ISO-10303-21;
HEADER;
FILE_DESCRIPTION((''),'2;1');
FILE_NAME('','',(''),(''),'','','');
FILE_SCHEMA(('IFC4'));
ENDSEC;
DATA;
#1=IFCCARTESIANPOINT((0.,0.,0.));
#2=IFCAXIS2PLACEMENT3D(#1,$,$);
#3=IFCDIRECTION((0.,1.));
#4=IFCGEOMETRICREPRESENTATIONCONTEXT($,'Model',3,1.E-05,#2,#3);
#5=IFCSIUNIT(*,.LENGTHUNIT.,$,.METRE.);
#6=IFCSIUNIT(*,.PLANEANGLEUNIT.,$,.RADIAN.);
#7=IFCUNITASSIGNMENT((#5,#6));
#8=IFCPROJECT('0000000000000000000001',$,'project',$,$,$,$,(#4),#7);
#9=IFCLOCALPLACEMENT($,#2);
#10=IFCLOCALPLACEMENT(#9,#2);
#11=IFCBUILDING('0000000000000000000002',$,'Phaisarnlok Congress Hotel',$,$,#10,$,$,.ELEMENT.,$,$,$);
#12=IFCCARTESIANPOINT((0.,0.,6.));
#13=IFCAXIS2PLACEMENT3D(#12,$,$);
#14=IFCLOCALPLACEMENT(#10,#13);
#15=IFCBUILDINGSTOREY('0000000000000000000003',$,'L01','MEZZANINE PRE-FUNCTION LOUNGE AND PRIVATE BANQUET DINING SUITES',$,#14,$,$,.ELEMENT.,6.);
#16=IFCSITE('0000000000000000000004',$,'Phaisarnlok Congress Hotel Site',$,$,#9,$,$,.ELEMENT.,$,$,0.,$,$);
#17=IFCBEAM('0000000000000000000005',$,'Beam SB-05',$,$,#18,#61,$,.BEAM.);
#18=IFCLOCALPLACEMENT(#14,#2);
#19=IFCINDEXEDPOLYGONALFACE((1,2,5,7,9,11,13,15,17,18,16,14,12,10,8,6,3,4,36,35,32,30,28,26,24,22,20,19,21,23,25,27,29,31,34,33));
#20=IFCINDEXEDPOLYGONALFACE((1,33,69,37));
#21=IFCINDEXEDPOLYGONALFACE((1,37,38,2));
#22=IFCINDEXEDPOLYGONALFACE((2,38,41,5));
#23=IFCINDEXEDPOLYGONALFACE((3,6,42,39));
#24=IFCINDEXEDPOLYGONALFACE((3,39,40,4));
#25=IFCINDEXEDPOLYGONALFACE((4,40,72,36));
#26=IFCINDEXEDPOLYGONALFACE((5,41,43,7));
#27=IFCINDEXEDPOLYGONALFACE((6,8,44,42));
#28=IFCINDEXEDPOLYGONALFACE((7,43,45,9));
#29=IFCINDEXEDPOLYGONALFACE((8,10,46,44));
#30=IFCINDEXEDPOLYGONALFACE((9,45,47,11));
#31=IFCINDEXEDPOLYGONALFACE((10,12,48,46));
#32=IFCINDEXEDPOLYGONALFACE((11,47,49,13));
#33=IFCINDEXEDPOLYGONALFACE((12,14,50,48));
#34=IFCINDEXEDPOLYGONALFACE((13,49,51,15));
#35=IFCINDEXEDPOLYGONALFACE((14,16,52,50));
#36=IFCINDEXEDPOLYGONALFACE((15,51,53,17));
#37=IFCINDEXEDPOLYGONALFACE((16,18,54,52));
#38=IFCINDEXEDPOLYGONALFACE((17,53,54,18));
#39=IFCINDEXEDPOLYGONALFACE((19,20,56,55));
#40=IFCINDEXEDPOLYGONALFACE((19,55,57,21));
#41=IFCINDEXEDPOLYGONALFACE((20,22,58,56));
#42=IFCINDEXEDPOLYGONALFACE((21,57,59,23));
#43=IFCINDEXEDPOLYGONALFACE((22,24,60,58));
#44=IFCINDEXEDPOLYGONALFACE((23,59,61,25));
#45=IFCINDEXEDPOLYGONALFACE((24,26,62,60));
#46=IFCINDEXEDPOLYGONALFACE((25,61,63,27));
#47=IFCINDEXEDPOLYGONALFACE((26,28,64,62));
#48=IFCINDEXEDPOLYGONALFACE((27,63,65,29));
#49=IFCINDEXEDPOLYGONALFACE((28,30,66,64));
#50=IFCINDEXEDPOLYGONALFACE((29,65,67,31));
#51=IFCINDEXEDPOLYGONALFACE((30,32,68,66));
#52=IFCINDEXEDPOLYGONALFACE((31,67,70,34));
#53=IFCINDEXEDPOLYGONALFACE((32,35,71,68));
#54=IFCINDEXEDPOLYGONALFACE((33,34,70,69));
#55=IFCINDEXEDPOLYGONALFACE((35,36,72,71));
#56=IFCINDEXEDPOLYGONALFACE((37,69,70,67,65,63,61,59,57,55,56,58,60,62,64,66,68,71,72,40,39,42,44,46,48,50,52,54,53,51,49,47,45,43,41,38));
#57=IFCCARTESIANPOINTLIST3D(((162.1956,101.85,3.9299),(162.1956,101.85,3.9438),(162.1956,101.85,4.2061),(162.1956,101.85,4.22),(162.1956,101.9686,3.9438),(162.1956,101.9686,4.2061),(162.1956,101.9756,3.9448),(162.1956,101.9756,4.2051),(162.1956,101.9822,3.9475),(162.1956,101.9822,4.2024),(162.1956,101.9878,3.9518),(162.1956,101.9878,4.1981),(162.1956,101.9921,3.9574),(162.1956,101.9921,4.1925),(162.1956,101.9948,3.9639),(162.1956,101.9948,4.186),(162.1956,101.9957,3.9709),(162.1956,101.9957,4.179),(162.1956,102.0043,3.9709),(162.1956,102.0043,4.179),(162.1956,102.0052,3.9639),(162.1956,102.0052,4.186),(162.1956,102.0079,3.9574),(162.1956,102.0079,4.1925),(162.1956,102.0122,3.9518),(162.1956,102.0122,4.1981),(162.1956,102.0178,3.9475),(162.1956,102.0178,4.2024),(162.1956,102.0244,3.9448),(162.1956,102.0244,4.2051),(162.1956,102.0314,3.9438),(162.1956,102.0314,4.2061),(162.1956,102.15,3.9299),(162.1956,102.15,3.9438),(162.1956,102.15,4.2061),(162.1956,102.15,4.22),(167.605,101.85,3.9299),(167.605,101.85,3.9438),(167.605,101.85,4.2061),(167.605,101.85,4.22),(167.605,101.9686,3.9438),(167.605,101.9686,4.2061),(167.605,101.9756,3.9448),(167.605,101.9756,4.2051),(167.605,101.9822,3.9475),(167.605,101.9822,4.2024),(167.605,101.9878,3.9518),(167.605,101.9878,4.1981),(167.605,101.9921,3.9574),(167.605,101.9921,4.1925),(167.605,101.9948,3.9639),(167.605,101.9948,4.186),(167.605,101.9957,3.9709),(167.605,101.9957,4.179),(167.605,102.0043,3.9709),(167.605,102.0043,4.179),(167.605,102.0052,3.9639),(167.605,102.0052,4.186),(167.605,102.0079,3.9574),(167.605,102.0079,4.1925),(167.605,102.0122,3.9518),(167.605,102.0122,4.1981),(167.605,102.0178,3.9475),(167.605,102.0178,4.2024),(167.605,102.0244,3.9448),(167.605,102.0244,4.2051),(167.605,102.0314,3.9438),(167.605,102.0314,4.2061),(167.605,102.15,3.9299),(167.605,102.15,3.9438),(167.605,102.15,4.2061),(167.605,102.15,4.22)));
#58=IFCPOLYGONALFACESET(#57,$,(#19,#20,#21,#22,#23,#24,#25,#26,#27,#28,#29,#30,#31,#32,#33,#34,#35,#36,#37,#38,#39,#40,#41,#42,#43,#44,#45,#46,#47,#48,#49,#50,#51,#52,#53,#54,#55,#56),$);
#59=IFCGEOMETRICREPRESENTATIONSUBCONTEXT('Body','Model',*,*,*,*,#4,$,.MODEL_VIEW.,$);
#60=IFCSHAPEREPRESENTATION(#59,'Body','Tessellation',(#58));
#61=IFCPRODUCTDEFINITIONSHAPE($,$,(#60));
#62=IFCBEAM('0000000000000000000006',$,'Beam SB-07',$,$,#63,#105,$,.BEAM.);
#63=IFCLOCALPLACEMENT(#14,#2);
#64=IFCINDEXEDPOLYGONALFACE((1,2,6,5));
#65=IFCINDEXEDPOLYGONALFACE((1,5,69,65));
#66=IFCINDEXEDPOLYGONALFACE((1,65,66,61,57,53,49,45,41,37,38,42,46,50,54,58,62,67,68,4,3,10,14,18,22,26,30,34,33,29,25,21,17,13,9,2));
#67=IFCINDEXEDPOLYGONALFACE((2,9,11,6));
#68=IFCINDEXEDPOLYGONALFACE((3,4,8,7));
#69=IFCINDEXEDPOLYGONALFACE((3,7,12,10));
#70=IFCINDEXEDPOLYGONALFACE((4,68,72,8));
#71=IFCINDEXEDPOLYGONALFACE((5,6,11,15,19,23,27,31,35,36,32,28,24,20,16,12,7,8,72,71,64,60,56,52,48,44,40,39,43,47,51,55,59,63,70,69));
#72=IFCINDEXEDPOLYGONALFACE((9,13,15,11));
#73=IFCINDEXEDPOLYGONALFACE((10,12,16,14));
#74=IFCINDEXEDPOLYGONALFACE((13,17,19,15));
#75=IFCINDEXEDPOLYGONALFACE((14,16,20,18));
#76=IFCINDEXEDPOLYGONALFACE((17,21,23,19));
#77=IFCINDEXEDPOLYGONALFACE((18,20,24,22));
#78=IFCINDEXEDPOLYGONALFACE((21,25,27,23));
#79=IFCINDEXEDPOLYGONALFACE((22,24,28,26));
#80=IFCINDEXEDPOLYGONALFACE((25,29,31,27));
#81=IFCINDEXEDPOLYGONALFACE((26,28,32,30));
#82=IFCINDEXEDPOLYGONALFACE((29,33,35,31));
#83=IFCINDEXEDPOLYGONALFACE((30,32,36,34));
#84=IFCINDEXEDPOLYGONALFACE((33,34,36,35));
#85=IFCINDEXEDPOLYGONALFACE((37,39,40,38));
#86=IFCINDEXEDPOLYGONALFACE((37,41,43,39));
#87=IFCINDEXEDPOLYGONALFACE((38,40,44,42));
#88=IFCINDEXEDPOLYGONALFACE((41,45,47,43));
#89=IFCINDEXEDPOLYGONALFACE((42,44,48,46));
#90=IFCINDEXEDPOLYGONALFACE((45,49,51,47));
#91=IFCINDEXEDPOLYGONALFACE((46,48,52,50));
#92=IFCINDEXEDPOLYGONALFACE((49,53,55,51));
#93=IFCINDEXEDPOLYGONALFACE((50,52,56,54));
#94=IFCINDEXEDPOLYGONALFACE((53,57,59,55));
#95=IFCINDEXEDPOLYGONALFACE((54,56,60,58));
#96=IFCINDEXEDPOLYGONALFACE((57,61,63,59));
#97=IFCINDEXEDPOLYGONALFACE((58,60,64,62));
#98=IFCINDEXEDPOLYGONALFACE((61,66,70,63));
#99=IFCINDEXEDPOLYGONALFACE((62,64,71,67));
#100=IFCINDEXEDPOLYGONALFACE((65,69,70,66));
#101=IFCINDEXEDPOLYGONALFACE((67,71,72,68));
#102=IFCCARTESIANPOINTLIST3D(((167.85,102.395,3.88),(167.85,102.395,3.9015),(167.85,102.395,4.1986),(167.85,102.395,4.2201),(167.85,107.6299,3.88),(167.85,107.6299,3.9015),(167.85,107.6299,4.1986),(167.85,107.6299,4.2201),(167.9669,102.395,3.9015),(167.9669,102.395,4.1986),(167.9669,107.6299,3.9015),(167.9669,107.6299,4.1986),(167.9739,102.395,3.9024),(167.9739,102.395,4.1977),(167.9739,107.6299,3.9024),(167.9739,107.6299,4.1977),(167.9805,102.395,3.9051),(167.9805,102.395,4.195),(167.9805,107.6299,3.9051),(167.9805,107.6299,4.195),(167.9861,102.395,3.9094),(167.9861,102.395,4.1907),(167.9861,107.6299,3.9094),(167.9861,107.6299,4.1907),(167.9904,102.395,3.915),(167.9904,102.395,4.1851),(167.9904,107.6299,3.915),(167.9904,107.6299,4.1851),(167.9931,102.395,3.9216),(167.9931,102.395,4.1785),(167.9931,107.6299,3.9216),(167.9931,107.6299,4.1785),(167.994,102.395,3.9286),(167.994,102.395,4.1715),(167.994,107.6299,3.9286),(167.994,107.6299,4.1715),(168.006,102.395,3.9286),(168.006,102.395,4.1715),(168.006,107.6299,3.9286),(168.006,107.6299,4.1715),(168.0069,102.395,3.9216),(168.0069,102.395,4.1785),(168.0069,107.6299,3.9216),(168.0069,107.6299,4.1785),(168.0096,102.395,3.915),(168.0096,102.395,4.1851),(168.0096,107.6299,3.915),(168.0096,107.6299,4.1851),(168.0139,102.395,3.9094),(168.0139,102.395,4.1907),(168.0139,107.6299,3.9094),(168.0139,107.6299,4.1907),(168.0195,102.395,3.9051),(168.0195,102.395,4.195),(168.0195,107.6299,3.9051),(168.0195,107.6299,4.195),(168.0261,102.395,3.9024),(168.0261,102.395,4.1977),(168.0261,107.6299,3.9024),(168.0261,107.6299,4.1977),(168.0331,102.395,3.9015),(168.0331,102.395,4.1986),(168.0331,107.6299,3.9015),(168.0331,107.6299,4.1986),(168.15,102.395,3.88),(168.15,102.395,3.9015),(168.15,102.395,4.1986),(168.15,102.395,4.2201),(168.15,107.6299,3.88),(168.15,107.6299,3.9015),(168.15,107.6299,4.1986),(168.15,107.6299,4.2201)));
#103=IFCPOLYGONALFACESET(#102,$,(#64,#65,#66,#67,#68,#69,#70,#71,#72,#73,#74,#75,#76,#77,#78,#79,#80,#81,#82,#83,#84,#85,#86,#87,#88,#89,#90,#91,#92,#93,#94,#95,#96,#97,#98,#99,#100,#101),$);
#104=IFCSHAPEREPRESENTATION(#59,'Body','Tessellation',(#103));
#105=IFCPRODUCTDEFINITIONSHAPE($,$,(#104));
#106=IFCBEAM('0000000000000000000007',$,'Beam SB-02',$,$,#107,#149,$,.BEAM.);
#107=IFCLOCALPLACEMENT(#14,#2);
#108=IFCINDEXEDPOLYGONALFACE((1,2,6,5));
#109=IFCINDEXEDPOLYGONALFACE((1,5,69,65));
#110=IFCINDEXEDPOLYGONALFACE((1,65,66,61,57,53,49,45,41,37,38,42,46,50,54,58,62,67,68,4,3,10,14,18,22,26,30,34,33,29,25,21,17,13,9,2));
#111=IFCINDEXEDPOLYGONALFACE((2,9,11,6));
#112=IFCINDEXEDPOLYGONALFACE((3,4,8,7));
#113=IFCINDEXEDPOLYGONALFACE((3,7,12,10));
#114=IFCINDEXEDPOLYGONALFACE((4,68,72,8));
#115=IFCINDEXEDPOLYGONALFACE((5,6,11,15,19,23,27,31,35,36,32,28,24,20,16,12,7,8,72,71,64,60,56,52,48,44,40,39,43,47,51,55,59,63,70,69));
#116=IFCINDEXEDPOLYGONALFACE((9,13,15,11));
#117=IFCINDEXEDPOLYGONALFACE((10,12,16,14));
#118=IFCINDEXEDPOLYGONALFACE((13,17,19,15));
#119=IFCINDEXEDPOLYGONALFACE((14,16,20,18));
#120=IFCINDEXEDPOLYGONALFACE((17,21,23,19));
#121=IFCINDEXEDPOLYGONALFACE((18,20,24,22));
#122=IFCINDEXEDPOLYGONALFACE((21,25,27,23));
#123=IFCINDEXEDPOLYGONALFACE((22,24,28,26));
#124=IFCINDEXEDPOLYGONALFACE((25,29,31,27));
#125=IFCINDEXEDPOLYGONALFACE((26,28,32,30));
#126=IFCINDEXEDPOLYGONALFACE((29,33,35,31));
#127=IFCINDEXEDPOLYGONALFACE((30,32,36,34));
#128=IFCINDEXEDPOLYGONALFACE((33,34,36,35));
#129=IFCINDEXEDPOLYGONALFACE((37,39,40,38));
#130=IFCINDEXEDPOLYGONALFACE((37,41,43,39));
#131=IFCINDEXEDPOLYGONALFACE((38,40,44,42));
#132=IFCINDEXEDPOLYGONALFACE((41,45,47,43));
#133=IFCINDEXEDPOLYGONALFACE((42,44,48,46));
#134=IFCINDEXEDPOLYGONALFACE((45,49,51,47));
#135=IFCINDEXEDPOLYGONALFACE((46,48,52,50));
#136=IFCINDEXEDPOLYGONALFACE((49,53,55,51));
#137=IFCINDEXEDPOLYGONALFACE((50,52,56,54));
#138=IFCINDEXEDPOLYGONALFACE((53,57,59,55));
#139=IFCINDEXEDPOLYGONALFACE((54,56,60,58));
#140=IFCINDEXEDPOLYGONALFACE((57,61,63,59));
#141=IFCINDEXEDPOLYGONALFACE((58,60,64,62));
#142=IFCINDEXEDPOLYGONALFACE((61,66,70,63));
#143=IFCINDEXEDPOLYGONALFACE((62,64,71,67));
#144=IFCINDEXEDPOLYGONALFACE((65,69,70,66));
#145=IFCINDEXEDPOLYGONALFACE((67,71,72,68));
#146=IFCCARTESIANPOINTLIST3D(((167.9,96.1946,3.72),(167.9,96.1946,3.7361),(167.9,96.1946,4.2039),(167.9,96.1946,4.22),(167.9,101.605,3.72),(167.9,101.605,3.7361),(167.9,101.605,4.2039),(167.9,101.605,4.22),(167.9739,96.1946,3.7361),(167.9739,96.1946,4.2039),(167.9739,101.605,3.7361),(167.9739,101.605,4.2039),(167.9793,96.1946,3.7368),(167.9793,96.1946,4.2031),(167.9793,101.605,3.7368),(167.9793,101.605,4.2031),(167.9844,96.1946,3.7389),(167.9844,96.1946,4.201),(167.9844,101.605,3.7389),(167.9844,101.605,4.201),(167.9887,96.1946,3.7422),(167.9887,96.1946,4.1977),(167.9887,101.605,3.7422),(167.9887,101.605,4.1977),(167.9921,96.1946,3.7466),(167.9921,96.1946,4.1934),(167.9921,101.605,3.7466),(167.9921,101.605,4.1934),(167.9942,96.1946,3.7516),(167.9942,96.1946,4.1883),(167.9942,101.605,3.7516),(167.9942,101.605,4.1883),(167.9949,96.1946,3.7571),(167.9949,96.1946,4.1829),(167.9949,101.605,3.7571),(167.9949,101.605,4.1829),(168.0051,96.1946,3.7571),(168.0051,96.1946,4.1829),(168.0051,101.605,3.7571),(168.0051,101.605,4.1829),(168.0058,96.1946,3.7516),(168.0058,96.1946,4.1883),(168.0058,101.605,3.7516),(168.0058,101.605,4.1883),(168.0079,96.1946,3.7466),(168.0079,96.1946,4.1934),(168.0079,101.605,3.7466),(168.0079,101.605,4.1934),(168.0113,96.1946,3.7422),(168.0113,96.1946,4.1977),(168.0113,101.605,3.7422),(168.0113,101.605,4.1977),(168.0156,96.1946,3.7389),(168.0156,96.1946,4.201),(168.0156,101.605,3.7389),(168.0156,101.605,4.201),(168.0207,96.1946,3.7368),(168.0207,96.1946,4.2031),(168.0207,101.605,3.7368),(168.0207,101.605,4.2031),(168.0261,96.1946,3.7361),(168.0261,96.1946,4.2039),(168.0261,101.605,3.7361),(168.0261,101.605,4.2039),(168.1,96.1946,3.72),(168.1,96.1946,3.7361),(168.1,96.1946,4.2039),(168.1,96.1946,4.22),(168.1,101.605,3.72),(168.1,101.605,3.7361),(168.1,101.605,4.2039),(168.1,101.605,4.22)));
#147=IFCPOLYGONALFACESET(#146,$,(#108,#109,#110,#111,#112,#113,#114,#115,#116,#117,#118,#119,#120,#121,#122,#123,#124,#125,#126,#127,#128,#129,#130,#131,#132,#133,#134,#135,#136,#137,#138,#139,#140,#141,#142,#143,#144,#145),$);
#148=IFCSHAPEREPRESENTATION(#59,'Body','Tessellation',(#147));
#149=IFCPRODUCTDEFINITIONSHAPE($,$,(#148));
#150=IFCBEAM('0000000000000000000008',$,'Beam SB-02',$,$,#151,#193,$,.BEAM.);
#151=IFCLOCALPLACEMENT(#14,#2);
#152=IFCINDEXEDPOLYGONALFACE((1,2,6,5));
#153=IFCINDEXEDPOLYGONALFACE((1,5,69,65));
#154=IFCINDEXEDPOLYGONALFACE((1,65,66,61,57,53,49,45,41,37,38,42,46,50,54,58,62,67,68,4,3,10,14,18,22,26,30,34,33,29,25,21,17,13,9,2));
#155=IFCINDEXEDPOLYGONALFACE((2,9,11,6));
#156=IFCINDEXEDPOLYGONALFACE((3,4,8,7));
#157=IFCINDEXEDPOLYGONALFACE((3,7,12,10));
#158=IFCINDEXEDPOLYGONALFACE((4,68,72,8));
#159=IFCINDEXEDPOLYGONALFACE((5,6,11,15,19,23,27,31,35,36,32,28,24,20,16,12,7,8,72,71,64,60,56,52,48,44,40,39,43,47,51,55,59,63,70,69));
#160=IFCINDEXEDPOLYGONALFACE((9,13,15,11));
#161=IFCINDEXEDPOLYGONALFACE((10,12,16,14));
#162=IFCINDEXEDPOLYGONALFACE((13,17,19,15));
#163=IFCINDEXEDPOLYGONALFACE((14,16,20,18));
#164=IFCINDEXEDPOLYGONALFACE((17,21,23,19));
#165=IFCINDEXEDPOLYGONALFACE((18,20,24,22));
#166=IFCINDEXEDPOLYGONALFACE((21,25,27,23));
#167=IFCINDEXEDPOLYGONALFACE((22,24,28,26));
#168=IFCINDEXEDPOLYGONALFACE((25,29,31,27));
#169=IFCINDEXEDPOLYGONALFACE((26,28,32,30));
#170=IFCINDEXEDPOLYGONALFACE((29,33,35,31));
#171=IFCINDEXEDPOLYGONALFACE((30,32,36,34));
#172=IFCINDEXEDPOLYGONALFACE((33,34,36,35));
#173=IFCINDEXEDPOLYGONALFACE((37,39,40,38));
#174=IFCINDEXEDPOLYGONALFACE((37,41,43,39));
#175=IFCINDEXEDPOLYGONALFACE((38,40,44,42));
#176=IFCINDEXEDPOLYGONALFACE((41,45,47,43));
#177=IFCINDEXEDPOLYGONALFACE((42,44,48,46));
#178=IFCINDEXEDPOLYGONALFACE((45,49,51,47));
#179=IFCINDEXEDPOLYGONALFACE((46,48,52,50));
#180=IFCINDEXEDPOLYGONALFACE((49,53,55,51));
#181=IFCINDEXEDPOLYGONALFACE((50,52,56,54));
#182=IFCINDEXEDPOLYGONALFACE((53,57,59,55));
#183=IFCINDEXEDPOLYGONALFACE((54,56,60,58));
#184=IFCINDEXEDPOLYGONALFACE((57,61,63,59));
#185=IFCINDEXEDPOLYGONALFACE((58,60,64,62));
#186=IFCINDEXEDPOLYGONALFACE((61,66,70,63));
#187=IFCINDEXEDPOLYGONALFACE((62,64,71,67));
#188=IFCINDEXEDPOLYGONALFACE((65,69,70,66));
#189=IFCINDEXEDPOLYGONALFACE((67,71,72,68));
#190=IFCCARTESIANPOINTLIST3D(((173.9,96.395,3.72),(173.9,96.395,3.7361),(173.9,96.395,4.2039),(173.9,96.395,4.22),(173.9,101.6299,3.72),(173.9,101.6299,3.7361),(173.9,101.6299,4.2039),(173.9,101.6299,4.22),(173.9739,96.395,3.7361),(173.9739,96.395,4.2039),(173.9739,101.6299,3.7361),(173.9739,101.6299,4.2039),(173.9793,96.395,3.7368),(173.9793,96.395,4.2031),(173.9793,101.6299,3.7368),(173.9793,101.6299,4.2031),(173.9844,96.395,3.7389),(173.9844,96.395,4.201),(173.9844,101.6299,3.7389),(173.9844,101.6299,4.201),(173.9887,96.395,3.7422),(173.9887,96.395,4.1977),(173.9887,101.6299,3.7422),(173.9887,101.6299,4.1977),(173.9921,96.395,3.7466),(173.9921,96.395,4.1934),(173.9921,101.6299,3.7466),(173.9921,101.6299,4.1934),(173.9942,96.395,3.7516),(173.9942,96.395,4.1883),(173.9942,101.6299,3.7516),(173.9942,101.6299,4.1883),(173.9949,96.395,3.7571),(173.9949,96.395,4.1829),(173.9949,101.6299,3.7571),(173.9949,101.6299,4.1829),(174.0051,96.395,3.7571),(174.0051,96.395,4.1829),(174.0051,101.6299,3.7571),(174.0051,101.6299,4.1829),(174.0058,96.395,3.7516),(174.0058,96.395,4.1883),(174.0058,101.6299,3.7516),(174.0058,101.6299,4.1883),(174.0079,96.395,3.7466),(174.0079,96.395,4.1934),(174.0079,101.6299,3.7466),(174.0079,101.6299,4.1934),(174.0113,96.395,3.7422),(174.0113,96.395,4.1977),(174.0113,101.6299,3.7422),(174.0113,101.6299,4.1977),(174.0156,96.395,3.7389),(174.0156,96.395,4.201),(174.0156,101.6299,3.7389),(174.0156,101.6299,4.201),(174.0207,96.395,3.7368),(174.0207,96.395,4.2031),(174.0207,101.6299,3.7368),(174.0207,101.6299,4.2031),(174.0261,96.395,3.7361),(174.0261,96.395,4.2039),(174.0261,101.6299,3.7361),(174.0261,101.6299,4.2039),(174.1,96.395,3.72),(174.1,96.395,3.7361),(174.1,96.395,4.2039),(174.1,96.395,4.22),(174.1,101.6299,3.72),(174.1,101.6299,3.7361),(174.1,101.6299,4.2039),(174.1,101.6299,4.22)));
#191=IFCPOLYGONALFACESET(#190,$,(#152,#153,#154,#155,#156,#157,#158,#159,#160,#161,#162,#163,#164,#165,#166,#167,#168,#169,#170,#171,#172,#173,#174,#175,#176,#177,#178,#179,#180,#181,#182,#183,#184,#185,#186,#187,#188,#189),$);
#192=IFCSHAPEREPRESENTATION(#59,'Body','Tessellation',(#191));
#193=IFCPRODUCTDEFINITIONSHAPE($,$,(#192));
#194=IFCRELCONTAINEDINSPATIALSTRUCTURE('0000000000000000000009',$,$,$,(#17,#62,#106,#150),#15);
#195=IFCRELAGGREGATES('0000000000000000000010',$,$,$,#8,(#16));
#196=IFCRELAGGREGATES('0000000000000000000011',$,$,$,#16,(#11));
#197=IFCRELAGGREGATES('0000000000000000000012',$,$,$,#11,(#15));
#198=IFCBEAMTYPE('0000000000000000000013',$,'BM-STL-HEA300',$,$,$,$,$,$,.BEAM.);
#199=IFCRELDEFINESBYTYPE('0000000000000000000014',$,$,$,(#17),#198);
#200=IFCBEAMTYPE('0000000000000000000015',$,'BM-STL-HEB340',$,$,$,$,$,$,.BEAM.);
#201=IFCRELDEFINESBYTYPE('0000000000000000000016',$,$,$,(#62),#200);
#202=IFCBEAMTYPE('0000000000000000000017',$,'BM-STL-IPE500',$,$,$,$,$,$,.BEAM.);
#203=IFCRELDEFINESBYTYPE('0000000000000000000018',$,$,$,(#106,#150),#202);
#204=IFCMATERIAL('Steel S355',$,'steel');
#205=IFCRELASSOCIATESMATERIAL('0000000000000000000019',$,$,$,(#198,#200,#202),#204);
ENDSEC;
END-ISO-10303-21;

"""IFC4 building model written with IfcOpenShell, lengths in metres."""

from ifc_helpers import new_model, si_unit, direction, frame, origin, origin_2d, place, context, subcontext, project, spatial, i_section, extrude, material, material_profile, profile_set, type_object, element, save


model = new_model("IFC4")

# Units and contexts
model_context = context("Model", 3, precision=1e-05, world=origin(), true_north=direction((0.0, 1.0)))
body_context = subcontext(model_context, "Body", "Model", "MODEL_VIEW")
ifc_project = project(units=[si_unit("LENGTHUNIT", "METRE"), si_unit("PLANEANGLEUNIT", "RADIAN")], contexts=[model_context])

# Site, building, storey
site_placement = place(None, origin())
site = spatial("IfcSite", under=ifc_project, at=site_placement, Name="Phaisarnlok Congress Hotel Site", CompositionType="ELEMENT", RefElevation=0.0)
building_placement = place(site_placement, origin())
building = spatial("IfcBuilding", under=site, at=building_placement, Name="Phaisarnlok Congress Hotel", CompositionType="ELEMENT")
storey_placement = place(building_placement, frame((0.0, 0.0, 6.0)))
storey = spatial("IfcBuildingStorey", under=building, at=storey_placement, Name="L01", Description="MEZZANINE PRE-FUNCTION LOUNGE AND PRIVATE BANQUET DINING SUITES", CompositionType="ELEMENT", Elevation=6.0)

# Shared definitions
ifc_material_1 = material(Name="Steel S355", Category="steel")

# Beams
ifc_material_profile_1 = material_profile(ifc_material_1, i_section(OverallWidth=0.3, OverallDepth=0.29, WebThickness=0.0085, FlangeThickness=0.0139, FilletRadius=0.0271, at=origin_2d()), Name="HEA 300")
ifc_profile_set_1 = profile_set([ifc_material_profile_1], Name="Steel S355")
beam_type_1 = type_object("IfcBeamType", Name="BM-STL-HEA300", PredefinedType="BEAM", material=ifc_profile_set_1)
beam_1_placement = place(storey_placement, frame((162.1956, 102.0, 4.075), z_axis=(1.0, 0.0, 0.0), x_axis=(0.0, 1.0, 0.0)))
element("IfcBeam", 1, at=beam_1_placement, inside=storey, type_object=beam_type_1, Name="Beam SB-05", PredefinedType="BEAM", context=body_context, shape_type="SweptSolid", body=[
    extrude(i_section(OverallWidth=0.3, OverallDepth=0.29, WebThickness=0.0085, FlangeThickness=0.0139, FilletRadius=0.0271, at=origin_2d()), origin(), (0.0, 0.0, 1.0), 5.4094),
])
ifc_material_profile_2 = material_profile(ifc_material_1, i_section(OverallWidth=0.3, OverallDepth=0.3401, WebThickness=0.012, FlangeThickness=0.0215, FilletRadius=0.0271, at=origin_2d()), Name="HEB 340")
ifc_profile_set_2 = profile_set([ifc_material_profile_2], Name="Steel S355")
beam_type_2 = type_object("IfcBeamType", Name="BM-STL-HEB340", PredefinedType="BEAM", material=ifc_profile_set_2)
beam_2_placement = place(storey_placement, frame((168.0, 102.395, 4.05), z_axis=(0.0, 1.0, 0.0), x_axis=(-1.0, 0.0, 0.0)))
element("IfcBeam", 2, at=beam_2_placement, inside=storey, type_object=beam_type_2, Name="Beam SB-07", PredefinedType="BEAM", context=body_context, shape_type="SweptSolid", body=[
    extrude(i_section(OverallWidth=0.3, OverallDepth=0.3401, WebThickness=0.012, FlangeThickness=0.0215, FilletRadius=0.0271, at=origin_2d()), origin(), (0.0, 0.0, 1.0), 5.2349),
])
ifc_material_profile_3 = material_profile(ifc_material_1, i_section(OverallWidth=0.2, OverallDepth=0.5, WebThickness=0.0103, FlangeThickness=0.0161, FilletRadius=0.021, at=origin_2d()), Name="IPE 500")
ifc_profile_set_3 = profile_set([ifc_material_profile_3], Name="Steel S355")
beam_type_3 = type_object("IfcBeamType", Name="BM-STL-IPE500", PredefinedType="BEAM", material=ifc_profile_set_3)
beam_3_placement = place(storey_placement, frame((168.0, 96.1946, 3.97), z_axis=(0.0, 1.0, 0.0), x_axis=(-1.0, 0.0, 0.0)))
element("IfcBeam", 3, at=beam_3_placement, inside=storey, type_object=beam_type_3, Name="Beam SB-02", PredefinedType="BEAM", context=body_context, shape_type="SweptSolid", body=[
    extrude(i_section(OverallWidth=0.2, OverallDepth=0.5, WebThickness=0.0103, FlangeThickness=0.0161, FilletRadius=0.021, at=origin_2d()), origin(), (0.0, 0.0, 1.0), 5.4104),
])
beam_4_placement = place(storey_placement, frame((174.0, 96.395, 3.97), z_axis=(0.0, 1.0, 0.0), x_axis=(-1.0, 0.0, 0.0)))
element("IfcBeam", 4, at=beam_4_placement, inside=storey, type_object=beam_type_3, Name="Beam SB-02", PredefinedType="BEAM", context=body_context, shape_type="SweptSolid", body=[
    extrude(i_section(OverallWidth=0.2, OverallDepth=0.5, WebThickness=0.0103, FlangeThickness=0.0161, FilletRadius=0.021, at=origin_2d()), origin(), (0.0, 0.0, 1.0), 5.2349),
])

save(model, "model.ifc")
